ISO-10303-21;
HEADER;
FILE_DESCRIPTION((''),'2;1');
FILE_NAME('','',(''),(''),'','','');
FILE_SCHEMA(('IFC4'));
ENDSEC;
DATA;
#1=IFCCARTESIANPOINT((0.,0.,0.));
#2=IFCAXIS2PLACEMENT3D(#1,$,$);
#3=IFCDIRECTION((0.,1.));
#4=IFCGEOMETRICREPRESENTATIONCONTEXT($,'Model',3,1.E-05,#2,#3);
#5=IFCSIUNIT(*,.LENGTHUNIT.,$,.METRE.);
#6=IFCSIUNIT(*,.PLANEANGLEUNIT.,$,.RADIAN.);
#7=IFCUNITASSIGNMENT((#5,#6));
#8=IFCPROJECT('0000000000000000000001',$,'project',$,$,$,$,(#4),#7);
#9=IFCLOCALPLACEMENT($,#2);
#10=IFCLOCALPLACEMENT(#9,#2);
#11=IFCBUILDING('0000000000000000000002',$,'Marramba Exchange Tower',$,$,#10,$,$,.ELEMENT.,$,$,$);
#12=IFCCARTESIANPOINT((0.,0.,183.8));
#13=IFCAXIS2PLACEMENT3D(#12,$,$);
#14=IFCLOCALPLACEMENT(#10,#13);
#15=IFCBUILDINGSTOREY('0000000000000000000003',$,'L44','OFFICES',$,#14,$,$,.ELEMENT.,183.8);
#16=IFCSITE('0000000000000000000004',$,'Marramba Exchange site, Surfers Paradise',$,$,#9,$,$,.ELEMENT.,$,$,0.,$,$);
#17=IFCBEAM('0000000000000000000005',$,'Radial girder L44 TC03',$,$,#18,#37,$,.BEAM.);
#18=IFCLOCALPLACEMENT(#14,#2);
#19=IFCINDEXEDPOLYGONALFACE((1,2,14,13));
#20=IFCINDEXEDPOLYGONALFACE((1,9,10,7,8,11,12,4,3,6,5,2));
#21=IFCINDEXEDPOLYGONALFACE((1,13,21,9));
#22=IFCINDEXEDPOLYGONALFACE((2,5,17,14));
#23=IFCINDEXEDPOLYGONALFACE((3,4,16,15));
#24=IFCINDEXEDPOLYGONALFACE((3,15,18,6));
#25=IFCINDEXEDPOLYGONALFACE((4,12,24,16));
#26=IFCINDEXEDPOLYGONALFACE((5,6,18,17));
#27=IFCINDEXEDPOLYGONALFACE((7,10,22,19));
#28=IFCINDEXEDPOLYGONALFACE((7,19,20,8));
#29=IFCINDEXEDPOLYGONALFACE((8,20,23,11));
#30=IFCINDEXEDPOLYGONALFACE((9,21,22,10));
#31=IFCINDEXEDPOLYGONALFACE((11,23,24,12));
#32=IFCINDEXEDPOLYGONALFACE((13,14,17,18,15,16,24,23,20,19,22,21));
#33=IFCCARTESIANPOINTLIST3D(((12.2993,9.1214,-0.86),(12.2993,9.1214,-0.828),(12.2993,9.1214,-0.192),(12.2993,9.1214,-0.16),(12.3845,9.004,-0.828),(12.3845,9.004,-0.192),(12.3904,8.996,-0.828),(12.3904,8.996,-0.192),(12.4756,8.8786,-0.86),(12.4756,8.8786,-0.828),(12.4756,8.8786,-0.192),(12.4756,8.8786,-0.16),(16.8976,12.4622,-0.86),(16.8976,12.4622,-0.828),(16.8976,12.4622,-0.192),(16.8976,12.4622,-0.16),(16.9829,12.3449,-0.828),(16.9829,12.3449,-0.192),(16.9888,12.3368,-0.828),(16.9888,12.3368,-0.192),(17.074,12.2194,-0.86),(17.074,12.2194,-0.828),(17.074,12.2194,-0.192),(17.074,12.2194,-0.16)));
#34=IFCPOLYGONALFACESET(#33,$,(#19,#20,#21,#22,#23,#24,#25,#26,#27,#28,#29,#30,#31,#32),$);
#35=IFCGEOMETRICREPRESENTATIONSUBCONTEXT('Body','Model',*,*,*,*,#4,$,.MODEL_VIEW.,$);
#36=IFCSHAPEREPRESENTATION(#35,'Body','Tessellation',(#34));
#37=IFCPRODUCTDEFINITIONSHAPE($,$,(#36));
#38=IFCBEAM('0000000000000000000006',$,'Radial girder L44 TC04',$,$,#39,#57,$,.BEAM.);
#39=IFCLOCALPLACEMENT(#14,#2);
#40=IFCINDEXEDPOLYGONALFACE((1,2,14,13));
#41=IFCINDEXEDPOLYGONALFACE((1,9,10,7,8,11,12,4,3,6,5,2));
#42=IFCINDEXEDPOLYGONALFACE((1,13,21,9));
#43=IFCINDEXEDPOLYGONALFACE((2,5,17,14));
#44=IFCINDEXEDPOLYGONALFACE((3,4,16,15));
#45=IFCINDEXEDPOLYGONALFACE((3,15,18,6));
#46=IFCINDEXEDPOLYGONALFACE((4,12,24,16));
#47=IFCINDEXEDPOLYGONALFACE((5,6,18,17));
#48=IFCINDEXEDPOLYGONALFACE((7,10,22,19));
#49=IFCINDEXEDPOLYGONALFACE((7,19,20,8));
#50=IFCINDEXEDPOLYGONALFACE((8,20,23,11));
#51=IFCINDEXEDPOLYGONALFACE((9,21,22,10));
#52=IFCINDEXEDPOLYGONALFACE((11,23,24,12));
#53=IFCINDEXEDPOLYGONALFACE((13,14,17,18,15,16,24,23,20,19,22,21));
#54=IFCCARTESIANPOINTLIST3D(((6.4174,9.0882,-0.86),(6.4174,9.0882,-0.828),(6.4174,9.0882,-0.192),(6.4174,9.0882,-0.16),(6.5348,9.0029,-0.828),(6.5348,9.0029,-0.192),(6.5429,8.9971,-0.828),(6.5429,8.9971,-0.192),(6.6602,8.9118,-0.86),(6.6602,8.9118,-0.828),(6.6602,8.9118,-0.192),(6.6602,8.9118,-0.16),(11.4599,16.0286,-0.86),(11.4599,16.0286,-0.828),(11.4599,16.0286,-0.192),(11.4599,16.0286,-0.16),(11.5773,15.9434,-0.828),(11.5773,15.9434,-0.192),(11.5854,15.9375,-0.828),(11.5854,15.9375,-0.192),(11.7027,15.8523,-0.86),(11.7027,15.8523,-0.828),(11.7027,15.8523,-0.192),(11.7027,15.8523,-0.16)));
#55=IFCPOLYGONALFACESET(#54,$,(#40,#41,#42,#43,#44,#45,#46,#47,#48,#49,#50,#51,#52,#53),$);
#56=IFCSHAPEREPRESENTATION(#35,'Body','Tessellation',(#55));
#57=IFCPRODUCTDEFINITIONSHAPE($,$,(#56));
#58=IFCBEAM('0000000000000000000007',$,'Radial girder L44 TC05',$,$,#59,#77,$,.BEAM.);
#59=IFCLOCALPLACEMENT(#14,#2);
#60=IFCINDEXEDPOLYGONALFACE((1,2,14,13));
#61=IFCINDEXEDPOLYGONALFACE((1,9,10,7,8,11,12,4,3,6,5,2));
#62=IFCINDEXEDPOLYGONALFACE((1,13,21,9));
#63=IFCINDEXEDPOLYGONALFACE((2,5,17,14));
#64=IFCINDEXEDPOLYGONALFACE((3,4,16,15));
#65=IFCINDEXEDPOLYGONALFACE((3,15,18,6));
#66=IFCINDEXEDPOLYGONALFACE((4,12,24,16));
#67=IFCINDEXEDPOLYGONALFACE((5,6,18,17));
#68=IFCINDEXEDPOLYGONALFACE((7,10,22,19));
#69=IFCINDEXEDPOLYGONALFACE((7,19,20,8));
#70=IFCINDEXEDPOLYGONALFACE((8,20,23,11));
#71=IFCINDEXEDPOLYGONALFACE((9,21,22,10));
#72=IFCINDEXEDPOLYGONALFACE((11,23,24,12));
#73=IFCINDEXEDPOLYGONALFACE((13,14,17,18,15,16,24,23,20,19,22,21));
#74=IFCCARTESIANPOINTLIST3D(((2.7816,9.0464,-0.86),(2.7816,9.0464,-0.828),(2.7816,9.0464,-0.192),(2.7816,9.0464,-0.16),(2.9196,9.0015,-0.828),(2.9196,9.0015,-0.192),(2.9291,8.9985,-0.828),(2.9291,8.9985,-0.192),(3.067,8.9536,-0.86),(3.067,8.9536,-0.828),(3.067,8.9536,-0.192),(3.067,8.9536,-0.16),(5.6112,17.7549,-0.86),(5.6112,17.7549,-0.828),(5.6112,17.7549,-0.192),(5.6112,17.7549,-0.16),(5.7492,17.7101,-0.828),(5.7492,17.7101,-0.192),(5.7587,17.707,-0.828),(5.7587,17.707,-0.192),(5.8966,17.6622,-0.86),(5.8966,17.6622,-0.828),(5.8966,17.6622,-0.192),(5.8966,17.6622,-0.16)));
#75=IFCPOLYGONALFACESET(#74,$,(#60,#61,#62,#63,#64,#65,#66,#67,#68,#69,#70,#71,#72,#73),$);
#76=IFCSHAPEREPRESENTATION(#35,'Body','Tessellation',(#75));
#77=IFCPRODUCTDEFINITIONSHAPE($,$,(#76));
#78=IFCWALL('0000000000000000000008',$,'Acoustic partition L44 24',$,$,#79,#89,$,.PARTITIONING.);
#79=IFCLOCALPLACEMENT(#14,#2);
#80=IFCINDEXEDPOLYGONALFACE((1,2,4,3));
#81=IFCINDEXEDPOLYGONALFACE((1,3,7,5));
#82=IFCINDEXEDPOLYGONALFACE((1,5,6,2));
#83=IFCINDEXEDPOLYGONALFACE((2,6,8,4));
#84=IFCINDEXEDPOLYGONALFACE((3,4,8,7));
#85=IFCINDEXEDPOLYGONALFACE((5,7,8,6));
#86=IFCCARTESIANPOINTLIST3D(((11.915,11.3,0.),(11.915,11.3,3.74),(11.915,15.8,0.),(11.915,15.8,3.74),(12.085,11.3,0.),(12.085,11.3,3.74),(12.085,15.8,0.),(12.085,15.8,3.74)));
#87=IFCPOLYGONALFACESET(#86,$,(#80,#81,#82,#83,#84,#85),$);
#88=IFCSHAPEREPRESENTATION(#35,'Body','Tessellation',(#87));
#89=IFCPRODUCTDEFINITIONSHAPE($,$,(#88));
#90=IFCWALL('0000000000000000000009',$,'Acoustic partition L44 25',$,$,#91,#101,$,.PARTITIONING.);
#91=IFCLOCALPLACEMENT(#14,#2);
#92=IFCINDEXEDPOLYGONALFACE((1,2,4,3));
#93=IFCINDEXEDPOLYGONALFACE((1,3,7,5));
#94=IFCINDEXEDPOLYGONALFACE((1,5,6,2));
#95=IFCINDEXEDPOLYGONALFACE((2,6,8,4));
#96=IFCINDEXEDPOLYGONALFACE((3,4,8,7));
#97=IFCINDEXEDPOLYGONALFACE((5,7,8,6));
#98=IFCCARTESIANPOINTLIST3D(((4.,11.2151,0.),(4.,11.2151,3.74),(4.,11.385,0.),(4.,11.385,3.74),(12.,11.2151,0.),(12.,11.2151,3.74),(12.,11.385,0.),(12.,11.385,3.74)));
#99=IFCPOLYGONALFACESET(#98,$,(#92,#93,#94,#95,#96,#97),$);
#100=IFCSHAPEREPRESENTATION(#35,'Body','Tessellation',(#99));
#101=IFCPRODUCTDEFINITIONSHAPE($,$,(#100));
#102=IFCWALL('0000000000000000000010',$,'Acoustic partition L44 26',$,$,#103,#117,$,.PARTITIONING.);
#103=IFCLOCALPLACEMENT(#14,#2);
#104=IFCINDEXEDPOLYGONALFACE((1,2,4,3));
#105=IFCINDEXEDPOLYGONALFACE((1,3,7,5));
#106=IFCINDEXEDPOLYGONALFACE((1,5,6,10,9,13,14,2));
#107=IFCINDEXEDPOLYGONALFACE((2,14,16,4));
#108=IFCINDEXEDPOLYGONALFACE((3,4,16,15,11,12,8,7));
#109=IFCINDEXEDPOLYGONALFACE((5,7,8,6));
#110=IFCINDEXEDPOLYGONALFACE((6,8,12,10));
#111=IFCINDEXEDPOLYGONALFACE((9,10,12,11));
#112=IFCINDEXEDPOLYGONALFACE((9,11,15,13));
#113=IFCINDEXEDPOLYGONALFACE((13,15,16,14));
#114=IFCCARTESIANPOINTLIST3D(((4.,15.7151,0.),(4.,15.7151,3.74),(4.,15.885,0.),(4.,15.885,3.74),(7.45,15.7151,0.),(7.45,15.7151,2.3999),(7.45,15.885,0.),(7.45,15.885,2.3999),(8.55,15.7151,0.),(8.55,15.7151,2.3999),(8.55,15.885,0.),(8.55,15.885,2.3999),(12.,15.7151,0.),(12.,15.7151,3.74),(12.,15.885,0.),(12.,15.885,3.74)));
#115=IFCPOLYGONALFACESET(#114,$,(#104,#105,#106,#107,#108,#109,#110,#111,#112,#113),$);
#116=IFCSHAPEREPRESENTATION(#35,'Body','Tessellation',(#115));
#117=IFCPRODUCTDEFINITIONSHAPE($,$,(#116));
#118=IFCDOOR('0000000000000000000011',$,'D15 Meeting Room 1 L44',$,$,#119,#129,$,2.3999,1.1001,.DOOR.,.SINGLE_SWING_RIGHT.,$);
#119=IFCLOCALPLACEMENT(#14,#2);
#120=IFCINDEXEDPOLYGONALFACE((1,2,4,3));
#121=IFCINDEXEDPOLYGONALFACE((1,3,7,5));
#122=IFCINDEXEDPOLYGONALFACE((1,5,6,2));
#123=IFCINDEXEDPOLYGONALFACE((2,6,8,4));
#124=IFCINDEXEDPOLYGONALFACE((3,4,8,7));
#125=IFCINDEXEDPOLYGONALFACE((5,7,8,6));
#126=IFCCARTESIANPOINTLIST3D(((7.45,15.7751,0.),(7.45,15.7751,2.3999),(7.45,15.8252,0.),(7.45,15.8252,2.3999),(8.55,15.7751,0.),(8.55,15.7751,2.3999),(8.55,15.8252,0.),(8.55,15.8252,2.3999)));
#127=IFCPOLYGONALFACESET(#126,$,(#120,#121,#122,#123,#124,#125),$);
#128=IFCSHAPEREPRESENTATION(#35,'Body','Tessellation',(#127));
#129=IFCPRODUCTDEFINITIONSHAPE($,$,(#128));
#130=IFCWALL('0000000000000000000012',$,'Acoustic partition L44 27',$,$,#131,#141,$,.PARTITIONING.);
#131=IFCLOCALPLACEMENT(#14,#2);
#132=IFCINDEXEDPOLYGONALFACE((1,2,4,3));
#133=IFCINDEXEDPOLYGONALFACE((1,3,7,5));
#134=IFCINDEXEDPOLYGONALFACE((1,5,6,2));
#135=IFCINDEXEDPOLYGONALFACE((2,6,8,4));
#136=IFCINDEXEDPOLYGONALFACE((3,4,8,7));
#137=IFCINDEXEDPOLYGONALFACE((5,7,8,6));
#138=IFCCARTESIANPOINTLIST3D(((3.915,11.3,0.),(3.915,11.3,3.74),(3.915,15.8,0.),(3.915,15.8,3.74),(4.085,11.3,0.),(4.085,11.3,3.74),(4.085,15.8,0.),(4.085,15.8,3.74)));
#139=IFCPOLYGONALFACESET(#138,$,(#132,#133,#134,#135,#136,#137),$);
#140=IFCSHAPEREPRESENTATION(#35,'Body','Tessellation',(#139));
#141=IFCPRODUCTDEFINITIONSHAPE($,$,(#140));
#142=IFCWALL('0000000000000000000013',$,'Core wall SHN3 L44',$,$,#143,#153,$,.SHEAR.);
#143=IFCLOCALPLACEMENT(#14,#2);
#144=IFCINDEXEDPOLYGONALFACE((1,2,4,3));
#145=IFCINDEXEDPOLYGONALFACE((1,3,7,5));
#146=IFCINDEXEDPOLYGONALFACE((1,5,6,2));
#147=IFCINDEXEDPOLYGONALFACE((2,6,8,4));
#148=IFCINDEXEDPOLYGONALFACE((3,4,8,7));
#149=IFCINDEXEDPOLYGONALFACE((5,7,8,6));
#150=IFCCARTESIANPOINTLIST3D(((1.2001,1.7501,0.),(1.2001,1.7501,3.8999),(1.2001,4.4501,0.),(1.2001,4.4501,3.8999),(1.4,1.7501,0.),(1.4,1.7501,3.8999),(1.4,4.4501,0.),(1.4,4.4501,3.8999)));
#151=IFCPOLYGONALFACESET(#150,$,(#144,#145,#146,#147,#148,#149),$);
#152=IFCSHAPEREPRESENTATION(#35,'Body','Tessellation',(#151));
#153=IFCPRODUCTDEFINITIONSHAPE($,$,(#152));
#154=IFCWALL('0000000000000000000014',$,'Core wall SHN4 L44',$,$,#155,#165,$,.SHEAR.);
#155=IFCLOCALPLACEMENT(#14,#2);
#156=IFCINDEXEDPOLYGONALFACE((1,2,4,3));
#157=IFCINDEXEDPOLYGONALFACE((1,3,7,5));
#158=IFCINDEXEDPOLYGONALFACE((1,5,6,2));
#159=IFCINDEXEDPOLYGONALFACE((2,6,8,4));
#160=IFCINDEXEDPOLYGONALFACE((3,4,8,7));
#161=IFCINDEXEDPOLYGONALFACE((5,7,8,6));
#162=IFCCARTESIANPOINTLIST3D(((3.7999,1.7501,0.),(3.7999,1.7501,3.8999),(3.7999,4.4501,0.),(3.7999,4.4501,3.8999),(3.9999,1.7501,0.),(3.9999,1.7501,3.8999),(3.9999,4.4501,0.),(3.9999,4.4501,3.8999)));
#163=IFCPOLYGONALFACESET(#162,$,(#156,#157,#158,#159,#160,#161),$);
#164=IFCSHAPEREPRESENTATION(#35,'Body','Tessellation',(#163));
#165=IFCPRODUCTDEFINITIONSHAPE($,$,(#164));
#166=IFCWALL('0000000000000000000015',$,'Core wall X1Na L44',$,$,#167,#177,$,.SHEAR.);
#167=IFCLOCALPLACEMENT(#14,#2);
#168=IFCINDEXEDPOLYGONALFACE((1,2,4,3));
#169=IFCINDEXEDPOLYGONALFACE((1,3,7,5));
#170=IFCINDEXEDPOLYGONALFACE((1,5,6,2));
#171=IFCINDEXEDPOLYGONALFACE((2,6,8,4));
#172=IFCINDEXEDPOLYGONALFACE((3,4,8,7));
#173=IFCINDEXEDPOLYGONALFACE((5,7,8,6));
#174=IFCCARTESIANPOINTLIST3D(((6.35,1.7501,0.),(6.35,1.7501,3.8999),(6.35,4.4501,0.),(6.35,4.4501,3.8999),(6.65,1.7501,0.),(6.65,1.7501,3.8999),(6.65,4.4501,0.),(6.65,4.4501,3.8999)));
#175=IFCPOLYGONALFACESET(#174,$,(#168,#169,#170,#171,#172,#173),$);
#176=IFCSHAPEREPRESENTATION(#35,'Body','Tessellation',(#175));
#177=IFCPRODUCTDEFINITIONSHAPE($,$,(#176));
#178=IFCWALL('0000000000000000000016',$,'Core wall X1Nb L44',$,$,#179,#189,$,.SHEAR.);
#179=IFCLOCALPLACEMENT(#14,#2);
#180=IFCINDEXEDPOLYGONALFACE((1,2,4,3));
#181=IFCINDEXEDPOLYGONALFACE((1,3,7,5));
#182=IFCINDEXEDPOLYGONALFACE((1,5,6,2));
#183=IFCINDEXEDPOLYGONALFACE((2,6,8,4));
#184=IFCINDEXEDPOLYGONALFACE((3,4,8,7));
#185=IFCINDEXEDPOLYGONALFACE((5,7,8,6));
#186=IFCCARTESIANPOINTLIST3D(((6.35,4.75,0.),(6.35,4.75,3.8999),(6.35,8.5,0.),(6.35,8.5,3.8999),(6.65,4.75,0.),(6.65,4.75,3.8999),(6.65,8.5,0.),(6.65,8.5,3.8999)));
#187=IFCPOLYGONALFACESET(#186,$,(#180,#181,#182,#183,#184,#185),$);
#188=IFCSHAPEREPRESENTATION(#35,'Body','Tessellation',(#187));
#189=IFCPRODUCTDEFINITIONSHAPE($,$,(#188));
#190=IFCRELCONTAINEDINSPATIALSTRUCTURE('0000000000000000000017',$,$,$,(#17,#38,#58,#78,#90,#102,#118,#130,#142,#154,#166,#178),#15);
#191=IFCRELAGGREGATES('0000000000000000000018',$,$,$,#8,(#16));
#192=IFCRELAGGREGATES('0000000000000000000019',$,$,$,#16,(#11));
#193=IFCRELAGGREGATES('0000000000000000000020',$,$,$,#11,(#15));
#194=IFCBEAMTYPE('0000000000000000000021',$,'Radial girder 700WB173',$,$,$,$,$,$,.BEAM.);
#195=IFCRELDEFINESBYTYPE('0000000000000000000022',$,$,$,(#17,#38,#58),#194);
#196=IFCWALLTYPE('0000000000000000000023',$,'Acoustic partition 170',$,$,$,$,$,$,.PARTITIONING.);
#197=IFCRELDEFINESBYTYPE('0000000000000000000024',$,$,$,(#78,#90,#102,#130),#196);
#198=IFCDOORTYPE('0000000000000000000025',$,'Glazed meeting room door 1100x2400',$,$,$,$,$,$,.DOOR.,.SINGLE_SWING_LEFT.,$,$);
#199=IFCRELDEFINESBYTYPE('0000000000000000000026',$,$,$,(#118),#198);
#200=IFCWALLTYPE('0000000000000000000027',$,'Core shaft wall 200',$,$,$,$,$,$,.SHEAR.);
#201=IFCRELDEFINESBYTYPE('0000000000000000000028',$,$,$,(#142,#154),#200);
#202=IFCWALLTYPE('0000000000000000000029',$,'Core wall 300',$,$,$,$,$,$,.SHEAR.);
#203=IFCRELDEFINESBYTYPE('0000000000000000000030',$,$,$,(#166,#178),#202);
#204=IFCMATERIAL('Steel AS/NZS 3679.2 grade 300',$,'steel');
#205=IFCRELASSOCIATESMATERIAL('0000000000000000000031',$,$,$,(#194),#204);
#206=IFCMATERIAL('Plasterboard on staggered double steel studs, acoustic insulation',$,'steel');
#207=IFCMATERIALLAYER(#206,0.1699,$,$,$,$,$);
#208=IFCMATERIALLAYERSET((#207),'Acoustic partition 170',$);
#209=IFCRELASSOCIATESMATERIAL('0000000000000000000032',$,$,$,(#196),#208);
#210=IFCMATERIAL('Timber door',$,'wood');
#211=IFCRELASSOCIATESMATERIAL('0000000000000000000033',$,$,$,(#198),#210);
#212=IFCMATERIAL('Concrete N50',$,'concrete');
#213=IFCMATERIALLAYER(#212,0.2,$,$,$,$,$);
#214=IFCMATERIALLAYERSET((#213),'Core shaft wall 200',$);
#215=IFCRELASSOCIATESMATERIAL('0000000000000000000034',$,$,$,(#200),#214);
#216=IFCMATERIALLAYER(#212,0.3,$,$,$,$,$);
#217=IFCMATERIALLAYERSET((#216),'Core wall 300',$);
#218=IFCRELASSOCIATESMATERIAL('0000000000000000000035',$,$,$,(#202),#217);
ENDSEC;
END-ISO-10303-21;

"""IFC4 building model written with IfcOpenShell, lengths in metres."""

from ifc_helpers import new_model, si_unit, direction, frame, frame_2d, origin, origin_2d, place, context, subcontext, project, spatial, rectangle, i_section, extrude, material, layer, layer_set, material_profile, profile_set, type_object, element, fill, save


model = new_model("IFC4")

# Units and contexts
model_context = context("Model", 3, precision=1e-05, world=origin(), true_north=direction((0.0, 1.0)))
body_context = subcontext(model_context, "Body", "Model", "MODEL_VIEW")
ifc_project = project(units=[si_unit("LENGTHUNIT", "METRE"), si_unit("PLANEANGLEUNIT", "RADIAN")], contexts=[model_context])

# Site, building, storey
site_placement = place(None, origin())
site = spatial("IfcSite", under=ifc_project, at=site_placement, Name="Marramba Exchange site, Surfers Paradise", CompositionType="ELEMENT", RefElevation=0.0)
building_placement = place(site_placement, origin())
building = spatial("IfcBuilding", under=site, at=building_placement, Name="Marramba Exchange Tower", CompositionType="ELEMENT")
storey_placement = place(building_placement, frame((0.0, 0.0, 183.8)))
storey = spatial("IfcBuildingStorey", under=building, at=storey_placement, Name="L44", Description="OFFICES", CompositionType="ELEMENT", Elevation=183.8)

# Beams
ifc_material_1 = material(Name="Steel AS/NZS 3679.2 grade 300", Category="steel")
ifc_material_profile_1 = material_profile(ifc_material_1, i_section(OverallWidth=0.3, OverallDepth=0.7, WebThickness=0.01, FlangeThickness=0.032, at=origin_2d()), Name="700WB173")
ifc_profile_set_1 = profile_set([ifc_material_profile_1], Name="Steel AS/NZS 3679.2 grade 300")
beam_type_1 = type_object("IfcBeamType", Name="Radial girder 700WB173", PredefinedType="BEAM", material=ifc_profile_set_1)
beam_1_placement = place(storey_placement, frame((12.3875, 9.0, -0.51), z_axis=(0.809026, 0.587773, 0.0), x_axis=(-0.587773, 0.809026, 0.0)))
element("IfcBeam", 1, at=beam_1_placement, inside=storey, type_object=beam_type_1, Name="Radial girder L44 TC03", PredefinedType="BEAM", context=body_context, shape_type="SweptSolid", body=[
    extrude(i_section(OverallWidth=0.3, OverallDepth=0.7, WebThickness=0.01, FlangeThickness=0.032, at=origin_2d()), origin(), (0.0, 0.0, 1.0), 5.6838),
])
beam_2_placement = place(storey_placement, frame((6.5388, 9.0, -0.51), z_axis=(0.587782, 0.809019, 0.0), x_axis=(-0.809019, 0.587782, 0.0)))
element("IfcBeam", 2, at=beam_2_placement, inside=storey, type_object=beam_type_1, Name="Radial girder L44 TC04", PredefinedType="BEAM", context=body_context, shape_type="SweptSolid", body=[
    extrude(i_section(OverallWidth=0.3, OverallDepth=0.7, WebThickness=0.01, FlangeThickness=0.032, at=origin_2d()), origin(), (0.0, 0.0, 1.0), 8.5789),
])
beam_3_placement = place(storey_placement, frame((2.9243, 9.0, -0.51), z_axis=(0.30902, 0.951056, 0.0), x_axis=(-0.951056, 0.30902, 0.0)))
element("IfcBeam", 3, at=beam_3_placement, inside=storey, type_object=beam_type_1, Name="Radial girder L44 TC05", PredefinedType="BEAM", context=body_context, shape_type="SweptSolid", body=[
    extrude(i_section(OverallWidth=0.3, OverallDepth=0.7, WebThickness=0.01, FlangeThickness=0.032, at=origin_2d()), origin(), (0.0, 0.0, 1.0), 9.1567),
])

# Walls
ifc_material_2 = material(Name="Plasterboard on staggered double steel studs, acoustic insulation", Category="steel")
ifc_layer_1 = layer(ifc_material_2, 0.1699)
ifc_layer_set_1 = layer_set([ifc_layer_1], Name="Acoustic partition 170")
wall_type_1 = type_object("IfcWallType", Name="Acoustic partition 170", PredefinedType="PARTITIONING", material=ifc_layer_set_1)
wall_1_placement = place(storey_placement, frame((12.0, 11.3, 0.0), z_axis=(0.0, 0.0, 1.0), x_axis=(0.0, 1.0, 0.0)))
element("IfcWall", 4, at=wall_1_placement, inside=storey, type_object=wall_type_1, Name="Acoustic partition L44 24", PredefinedType="PARTITIONING", context=body_context, shape_type="SweptSolid", body=[
    extrude(rectangle(XDim=4.5, YDim=0.1699, at=frame_2d((2.25, 0.0))), origin(), (0.0, 0.0, 1.0), 3.74),
])
wall_2_placement = place(storey_placement, frame((4.0, 11.3, 0.0), z_axis=(0.0, 0.0, 1.0), x_axis=(1.0, 0.0, 0.0)))
element("IfcWall", 5, at=wall_2_placement, inside=storey, type_object=wall_type_1, Name="Acoustic partition L44 25", PredefinedType="PARTITIONING", context=body_context, shape_type="SweptSolid", body=[
    extrude(rectangle(XDim=8.0, YDim=0.1699, at=frame_2d((4.0, 0.0))), origin(), (0.0, 0.0, 1.0), 3.74),
])

# Wall, opening, door
wall_3_placement = place(storey_placement, frame((12.0, 15.8, 0.0), z_axis=(0.0, 0.0, 1.0), x_axis=(-1.0, 0.0, 0.0)))
wall_3 = element("IfcWall", 6, at=wall_3_placement, inside=storey, type_object=wall_type_1, Name="Acoustic partition L44 26", PredefinedType="PARTITIONING", context=body_context, shape_type="SweptSolid", body=[
    extrude(rectangle(XDim=8.0, YDim=0.1699, at=frame_2d((4.0, 0.0))), origin(), (0.0, 0.0, 1.0), 3.74),
])
opening_placement = place(wall_3_placement, frame((3.45, 0.0, 0.0)))
opening = element("IfcOpeningElement", 7, at=opening_placement, cuts=wall_3, PredefinedType="OPENING", context=body_context, shape_type="SweptSolid", body=[
    extrude(rectangle(XDim=1.1001, YDim=2.3999, at=frame_2d((0.55, 1.2))), frame((0.0, 0.095, 0.0), z_axis=(0.0, -1.0, 0.0), x_axis=(1.0, 0.0, 0.0)), (0.0, 0.0, 1.0), 0.1899),
])
ifc_material_3 = material(Name="Timber door", Category="wood")
door_type = type_object("IfcDoorType", Name="Glazed meeting room door 1100x2400", OperationType="SINGLE_SWING_LEFT", PredefinedType="DOOR", material=ifc_material_3)
door_placement = place(opening_placement, origin())
door = element("IfcDoor", 8, at=door_placement, inside=storey, type_object=door_type, Name="D15 Meeting Room 1 L44", OperationType="SINGLE_SWING_RIGHT", OverallHeight=2.3999, OverallWidth=1.1001, PredefinedType="DOOR", context=body_context, shape_type="SweptSolid", body=[
    extrude(rectangle(XDim=1.1001, YDim=2.3999, at=frame_2d((0.55, 1.2))), frame((0.0, 0.0249, 0.0), z_axis=(0.0, -1.0, 0.0), x_axis=(1.0, 0.0, 0.0)), (0.0, 0.0, 1.0), 0.05),
])
fill(opening, door)

# Walls
wall_4_placement = place(storey_placement, frame((4.0, 15.8, 0.0), z_axis=(0.0, 0.0, 1.0), x_axis=(0.0, -1.0, 0.0)))
element("IfcWall", 9, at=wall_4_placement, inside=storey, type_object=wall_type_1, Name="Acoustic partition L44 27", PredefinedType="PARTITIONING", context=body_context, shape_type="SweptSolid", body=[
    extrude(rectangle(XDim=4.5, YDim=0.1699, at=frame_2d((2.25, 0.0))), origin(), (0.0, 0.0, 1.0), 3.74),
])
ifc_material_4 = material(Name="Concrete N50", Category="concrete")
ifc_layer_2 = layer(ifc_material_4, 0.2)
ifc_layer_set_2 = layer_set([ifc_layer_2], Name="Core shaft wall 200")
wall_type_2 = type_object("IfcWallType", Name="Core shaft wall 200", PredefinedType="SHEAR", material=ifc_layer_set_2)
for number, where, z_axis, x_axis, name in (
    (10, (1.3, 1.75, 0.0), (0.0, 0.0, 1.0), (0.0, 1.0, 0.0), "Core wall SHN3 L44"),
    (11, (3.8999, 1.75, 0.0), (0.0, 0.0, 1.0), (0.0, 1.0, 0.0), "Core wall SHN4 L44"),
):
    element("IfcWall", number, at=place(storey_placement, frame(where, z_axis=z_axis, x_axis=x_axis)), inside=storey, type_object=wall_type_2, Name=name, PredefinedType="SHEAR", context=body_context, shape_type="SweptSolid", body=[
        extrude(rectangle(XDim=2.7, YDim=0.2, at=frame_2d((1.3501, 0.0))), origin(), (0.0, 0.0, 1.0), 3.8999),
    ])
ifc_layer_3 = layer(ifc_material_4, 0.3)
ifc_layer_set_3 = layer_set([ifc_layer_3], Name="Core wall 300")
wall_type_3 = type_object("IfcWallType", Name="Core wall 300", PredefinedType="SHEAR", material=ifc_layer_set_3)
wall_5_placement = place(storey_placement, frame((6.5, 1.75, 0.0), z_axis=(0.0, 0.0, 1.0), x_axis=(0.0, 1.0, 0.0)))
element("IfcWall", 12, at=wall_5_placement, inside=storey, type_object=wall_type_3, Name="Core wall X1Na L44", PredefinedType="SHEAR", context=body_context, shape_type="SweptSolid", body=[
    extrude(rectangle(XDim=2.7, YDim=0.3, at=frame_2d((1.3501, 0.0))), origin(), (0.0, 0.0, 1.0), 3.8999),
])
wall_6_placement = place(storey_placement, frame((6.5, 4.75, 0.0), z_axis=(0.0, 0.0, 1.0), x_axis=(0.0, 1.0, 0.0)))
element("IfcWall", 13, at=wall_6_placement, inside=storey, type_object=wall_type_3, Name="Core wall X1Nb L44", PredefinedType="SHEAR", context=body_context, shape_type="SweptSolid", body=[
    extrude(rectangle(XDim=3.75, YDim=0.3, at=frame_2d((1.875, 0.0))), origin(), (0.0, 0.0, 1.0), 3.8999),
])

save(model, "model.ifc")
